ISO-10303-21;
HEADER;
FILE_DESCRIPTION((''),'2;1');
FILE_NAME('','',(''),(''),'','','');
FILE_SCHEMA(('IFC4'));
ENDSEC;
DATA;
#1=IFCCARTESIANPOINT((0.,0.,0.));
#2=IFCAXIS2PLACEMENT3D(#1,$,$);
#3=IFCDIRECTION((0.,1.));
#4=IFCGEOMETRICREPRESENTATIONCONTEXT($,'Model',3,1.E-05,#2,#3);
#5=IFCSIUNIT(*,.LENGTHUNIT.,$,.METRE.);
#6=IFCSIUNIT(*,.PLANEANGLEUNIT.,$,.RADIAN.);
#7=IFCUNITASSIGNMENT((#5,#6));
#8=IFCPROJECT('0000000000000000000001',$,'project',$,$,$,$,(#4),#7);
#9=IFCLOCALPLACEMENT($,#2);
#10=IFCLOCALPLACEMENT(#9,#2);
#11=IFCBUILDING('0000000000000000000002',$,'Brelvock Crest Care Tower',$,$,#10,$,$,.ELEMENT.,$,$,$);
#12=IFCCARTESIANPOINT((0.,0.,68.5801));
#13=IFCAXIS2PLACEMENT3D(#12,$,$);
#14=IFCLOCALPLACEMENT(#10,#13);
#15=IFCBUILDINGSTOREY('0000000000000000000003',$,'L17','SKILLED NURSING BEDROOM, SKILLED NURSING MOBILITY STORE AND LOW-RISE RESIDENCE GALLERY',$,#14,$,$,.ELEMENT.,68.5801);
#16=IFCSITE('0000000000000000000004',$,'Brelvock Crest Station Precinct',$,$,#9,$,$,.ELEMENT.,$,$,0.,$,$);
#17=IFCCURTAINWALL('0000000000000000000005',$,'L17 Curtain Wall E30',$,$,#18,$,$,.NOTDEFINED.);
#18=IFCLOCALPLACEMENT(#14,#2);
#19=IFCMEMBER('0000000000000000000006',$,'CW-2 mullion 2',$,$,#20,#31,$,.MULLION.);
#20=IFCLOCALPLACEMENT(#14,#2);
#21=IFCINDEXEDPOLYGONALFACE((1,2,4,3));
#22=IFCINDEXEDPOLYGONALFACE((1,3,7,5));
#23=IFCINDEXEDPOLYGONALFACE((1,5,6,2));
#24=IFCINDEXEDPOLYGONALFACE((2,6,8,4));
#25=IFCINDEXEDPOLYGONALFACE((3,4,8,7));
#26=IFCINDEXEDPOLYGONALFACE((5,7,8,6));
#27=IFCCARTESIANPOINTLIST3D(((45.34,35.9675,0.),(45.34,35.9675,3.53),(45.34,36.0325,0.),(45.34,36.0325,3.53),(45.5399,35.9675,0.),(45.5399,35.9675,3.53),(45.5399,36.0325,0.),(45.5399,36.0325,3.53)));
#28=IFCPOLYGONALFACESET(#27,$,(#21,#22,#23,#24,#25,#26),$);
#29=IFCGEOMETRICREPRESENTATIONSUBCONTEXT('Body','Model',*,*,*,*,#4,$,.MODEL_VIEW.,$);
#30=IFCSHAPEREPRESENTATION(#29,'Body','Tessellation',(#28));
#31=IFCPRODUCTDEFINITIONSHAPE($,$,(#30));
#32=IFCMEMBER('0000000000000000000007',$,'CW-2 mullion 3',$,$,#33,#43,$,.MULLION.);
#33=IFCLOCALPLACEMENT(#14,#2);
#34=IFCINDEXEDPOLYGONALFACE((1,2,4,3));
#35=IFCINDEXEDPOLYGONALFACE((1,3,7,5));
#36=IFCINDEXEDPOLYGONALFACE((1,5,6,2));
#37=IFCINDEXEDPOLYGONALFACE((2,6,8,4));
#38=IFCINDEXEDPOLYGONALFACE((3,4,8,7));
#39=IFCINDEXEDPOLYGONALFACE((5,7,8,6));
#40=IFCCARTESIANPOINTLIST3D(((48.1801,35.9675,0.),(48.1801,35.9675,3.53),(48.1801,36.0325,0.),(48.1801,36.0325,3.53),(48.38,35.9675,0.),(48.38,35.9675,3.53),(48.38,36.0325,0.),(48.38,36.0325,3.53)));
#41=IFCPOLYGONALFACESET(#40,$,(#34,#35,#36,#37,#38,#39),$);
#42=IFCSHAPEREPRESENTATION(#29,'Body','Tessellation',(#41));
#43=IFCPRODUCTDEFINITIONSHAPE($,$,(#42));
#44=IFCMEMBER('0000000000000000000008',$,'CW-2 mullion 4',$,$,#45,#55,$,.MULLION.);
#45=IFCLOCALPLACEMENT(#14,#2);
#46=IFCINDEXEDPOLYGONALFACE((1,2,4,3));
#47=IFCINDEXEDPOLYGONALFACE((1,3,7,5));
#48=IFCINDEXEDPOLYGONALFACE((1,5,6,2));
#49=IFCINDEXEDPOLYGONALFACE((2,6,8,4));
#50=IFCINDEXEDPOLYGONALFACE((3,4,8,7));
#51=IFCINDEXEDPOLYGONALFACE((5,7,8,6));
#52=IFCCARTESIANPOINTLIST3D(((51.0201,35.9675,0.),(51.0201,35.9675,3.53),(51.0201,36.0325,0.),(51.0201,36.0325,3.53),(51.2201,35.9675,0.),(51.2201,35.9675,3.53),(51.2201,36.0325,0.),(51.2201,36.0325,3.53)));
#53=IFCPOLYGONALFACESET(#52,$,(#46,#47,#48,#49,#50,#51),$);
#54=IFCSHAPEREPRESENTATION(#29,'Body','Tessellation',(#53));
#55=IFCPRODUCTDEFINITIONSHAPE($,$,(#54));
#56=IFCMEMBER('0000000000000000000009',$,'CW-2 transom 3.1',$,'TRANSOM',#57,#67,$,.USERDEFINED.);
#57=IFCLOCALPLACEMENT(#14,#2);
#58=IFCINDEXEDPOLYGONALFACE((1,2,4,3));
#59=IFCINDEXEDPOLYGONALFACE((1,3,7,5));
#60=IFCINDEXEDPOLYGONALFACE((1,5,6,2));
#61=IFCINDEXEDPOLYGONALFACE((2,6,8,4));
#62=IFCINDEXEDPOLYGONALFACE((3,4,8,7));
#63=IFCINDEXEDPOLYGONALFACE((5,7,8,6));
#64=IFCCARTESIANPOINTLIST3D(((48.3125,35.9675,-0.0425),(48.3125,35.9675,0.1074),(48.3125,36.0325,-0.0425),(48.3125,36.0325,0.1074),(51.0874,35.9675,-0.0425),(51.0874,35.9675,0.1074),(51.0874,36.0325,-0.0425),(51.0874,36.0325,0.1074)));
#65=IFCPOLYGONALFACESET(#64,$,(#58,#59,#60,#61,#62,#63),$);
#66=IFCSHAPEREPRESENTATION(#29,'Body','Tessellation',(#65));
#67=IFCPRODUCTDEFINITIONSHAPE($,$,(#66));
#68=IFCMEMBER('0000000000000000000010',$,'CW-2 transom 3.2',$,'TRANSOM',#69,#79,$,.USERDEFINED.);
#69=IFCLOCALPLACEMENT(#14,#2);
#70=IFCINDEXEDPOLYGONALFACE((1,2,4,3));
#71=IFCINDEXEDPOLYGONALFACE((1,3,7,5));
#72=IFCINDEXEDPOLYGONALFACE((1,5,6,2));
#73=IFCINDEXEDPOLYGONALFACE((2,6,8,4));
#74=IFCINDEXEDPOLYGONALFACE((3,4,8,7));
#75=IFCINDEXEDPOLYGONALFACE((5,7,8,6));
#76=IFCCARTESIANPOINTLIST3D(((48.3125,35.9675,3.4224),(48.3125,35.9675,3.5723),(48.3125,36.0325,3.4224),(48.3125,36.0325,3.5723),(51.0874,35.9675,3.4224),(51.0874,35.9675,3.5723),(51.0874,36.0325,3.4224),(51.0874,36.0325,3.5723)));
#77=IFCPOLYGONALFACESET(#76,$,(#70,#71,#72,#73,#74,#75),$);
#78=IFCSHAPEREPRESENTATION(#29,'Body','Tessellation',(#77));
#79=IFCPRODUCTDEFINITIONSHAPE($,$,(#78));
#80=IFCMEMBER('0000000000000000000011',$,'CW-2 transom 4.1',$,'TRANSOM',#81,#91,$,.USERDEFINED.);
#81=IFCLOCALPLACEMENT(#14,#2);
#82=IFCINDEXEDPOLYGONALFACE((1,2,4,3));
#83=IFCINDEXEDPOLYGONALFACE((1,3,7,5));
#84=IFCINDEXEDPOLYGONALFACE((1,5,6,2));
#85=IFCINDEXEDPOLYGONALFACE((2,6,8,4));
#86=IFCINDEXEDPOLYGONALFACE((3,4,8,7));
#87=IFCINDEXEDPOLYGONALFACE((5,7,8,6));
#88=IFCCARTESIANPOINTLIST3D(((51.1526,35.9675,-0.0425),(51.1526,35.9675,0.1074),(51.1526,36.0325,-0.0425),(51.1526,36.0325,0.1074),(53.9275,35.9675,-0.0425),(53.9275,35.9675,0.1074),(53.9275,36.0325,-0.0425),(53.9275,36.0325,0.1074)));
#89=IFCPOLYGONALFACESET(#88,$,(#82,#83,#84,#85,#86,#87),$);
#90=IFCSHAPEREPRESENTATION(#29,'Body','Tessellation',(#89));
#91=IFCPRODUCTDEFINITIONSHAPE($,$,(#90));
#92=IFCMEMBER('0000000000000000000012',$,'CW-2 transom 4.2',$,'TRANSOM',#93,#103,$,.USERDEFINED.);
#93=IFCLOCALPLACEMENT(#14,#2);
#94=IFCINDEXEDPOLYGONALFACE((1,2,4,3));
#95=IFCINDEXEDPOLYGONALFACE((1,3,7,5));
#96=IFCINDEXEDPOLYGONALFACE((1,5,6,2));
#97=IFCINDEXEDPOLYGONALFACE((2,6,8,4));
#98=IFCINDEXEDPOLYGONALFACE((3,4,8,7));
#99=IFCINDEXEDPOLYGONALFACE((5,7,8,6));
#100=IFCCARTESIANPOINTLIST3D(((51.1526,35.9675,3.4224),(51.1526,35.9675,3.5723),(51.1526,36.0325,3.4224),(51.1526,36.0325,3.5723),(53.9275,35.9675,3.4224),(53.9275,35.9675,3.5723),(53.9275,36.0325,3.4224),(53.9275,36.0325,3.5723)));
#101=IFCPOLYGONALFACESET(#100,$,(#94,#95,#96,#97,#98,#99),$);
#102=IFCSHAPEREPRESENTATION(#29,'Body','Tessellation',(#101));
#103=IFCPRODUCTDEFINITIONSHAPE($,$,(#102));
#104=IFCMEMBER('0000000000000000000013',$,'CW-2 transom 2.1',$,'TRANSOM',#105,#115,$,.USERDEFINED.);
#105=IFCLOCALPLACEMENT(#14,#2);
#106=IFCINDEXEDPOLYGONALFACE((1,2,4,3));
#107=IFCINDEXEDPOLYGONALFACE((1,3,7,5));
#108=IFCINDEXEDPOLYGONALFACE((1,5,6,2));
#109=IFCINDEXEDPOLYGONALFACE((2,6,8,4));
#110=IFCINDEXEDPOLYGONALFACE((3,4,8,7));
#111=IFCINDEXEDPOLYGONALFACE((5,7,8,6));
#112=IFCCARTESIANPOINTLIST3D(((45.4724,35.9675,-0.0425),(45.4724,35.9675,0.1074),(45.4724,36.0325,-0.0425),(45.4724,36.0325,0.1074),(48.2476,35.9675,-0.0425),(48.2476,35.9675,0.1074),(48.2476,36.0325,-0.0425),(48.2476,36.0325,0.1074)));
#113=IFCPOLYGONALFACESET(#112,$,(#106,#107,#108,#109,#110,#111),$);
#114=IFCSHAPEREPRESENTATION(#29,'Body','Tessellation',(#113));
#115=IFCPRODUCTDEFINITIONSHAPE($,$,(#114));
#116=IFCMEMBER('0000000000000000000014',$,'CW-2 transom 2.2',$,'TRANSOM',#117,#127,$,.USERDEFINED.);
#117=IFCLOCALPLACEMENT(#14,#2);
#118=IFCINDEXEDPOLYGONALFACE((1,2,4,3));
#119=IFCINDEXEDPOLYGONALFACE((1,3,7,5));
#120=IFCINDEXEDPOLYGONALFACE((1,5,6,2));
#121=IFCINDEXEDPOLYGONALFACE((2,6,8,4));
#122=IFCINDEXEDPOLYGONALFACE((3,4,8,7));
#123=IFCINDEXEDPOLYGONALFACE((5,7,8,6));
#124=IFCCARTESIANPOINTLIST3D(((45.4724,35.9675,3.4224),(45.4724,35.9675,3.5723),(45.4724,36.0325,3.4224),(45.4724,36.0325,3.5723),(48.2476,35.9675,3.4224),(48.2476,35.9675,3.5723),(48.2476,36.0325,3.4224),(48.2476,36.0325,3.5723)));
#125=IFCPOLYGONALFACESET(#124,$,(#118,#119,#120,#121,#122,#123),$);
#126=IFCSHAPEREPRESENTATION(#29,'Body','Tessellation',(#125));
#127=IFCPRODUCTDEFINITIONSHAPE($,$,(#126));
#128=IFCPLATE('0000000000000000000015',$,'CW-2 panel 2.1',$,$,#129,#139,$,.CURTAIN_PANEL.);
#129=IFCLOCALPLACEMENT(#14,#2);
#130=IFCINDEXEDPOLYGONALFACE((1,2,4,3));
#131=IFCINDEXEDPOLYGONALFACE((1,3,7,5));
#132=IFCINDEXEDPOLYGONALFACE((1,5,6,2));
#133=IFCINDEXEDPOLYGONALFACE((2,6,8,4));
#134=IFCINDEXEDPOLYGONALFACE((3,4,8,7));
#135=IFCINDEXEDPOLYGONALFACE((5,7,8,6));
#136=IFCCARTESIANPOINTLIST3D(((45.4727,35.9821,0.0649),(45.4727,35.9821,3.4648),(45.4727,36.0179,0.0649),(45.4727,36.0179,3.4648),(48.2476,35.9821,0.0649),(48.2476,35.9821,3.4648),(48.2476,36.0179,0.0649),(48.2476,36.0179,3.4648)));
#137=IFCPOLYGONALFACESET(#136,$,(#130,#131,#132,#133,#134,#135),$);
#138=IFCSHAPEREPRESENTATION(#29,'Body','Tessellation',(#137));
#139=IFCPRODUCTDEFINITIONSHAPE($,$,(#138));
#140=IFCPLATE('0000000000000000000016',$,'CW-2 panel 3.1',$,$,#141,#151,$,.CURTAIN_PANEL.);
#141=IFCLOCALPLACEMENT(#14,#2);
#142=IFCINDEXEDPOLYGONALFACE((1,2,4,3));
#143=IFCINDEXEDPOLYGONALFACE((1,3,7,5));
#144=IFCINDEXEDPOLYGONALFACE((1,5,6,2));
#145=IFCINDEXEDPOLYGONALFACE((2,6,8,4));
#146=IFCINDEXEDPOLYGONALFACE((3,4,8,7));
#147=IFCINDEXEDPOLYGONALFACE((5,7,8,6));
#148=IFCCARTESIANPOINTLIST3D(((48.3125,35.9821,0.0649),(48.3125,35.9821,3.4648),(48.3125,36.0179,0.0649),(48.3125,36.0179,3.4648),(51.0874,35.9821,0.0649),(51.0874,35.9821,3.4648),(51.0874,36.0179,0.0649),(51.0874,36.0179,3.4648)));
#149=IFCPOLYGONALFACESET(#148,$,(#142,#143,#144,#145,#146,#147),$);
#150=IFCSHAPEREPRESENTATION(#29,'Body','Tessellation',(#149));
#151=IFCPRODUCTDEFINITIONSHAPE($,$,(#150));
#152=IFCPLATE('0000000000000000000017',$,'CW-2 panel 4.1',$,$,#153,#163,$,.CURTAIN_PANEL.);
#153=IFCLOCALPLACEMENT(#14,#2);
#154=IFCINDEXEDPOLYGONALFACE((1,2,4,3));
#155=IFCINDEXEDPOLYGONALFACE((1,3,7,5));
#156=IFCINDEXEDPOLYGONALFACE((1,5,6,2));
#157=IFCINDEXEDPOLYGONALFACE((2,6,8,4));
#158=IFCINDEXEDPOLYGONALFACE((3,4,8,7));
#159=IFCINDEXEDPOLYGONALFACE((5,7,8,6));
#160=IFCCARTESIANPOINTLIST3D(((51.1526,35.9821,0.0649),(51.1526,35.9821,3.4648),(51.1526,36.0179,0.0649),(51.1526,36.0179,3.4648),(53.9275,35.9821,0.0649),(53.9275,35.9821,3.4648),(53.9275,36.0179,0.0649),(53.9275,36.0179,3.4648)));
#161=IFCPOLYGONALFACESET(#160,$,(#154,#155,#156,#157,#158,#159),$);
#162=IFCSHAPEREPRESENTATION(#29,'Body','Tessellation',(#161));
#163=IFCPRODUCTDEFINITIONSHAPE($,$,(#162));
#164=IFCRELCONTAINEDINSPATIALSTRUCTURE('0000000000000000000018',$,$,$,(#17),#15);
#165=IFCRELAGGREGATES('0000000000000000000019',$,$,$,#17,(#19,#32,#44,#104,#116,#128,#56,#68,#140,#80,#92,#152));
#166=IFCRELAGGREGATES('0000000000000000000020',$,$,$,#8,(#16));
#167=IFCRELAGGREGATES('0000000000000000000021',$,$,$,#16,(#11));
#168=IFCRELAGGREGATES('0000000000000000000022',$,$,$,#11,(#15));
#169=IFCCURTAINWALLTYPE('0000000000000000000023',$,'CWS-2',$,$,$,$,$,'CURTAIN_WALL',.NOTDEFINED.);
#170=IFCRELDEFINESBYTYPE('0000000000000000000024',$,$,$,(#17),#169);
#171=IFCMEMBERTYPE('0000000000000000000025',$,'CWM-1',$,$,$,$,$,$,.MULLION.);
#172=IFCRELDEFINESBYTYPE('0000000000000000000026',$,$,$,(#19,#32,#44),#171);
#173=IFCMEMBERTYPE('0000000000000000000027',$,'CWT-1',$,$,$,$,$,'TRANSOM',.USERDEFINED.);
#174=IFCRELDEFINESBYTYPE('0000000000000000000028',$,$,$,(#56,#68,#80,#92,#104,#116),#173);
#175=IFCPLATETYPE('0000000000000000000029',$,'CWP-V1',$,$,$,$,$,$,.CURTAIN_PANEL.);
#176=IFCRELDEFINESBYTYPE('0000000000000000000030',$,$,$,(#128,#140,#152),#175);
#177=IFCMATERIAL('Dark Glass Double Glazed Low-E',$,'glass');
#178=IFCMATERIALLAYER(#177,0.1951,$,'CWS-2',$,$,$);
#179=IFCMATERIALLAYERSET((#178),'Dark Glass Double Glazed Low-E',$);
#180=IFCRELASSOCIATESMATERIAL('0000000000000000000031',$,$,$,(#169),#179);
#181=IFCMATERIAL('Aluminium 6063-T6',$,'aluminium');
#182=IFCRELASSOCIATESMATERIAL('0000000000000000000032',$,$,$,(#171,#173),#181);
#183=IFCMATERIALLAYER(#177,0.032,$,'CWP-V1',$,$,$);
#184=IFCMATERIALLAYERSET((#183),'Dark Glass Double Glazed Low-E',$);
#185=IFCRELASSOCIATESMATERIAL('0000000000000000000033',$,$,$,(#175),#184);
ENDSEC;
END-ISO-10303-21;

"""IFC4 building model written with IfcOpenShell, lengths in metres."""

from ifc_helpers import new_model, si_unit, direction, frame, origin, origin_2d, place, context, subcontext, project, spatial, rectangle, extrude, source, transform, mapped, material, layer, layer_set, material_profile, profile_set, type_object, element, aggregate, save


model = new_model("IFC4")

# Units and contexts
model_context = context("Model", 3, precision=1e-05, world=origin(), true_north=direction((0.0, 1.0)))
body_context = subcontext(model_context, "Body", "Model", "MODEL_VIEW")
ifc_project = project(units=[si_unit("LENGTHUNIT", "METRE"), si_unit("PLANEANGLEUNIT", "RADIAN")], contexts=[model_context])

# Site, building, storey
site_placement = place(None, origin())
site = spatial("IfcSite", under=ifc_project, at=site_placement, Name="Brelvock Crest Station Precinct", CompositionType="ELEMENT", RefElevation=0.0)
building_placement = place(site_placement, origin())
building = spatial("IfcBuilding", under=site, at=building_placement, Name="Brelvock Crest Care Tower", CompositionType="ELEMENT")
storey_placement = place(building_placement, frame((0.0, 0.0, 68.5801)))
storey = spatial("IfcBuildingStorey", under=building, at=storey_placement, Name="L17", Description="SKILLED NURSING BEDROOM, SKILLED NURSING MOBILITY STORE AND LOW-RISE RESIDENCE GALLERY", CompositionType="ELEMENT", Elevation=68.5801)

# Curtain wall, members, plates
ifc_material_1 = material(Name="Dark Glass Double Glazed Low-E", Category="glass")
ifc_layer_1 = layer(ifc_material_1, 0.1951, Name="CWS-2")
ifc_layer_set_1 = layer_set([ifc_layer_1], Name="Dark Glass Double Glazed Low-E")
curtain_wall_type = type_object("IfcCurtainWallType", Name="CWS-2", ElementType="CURTAIN_WALL", PredefinedType="NOTDEFINED", material=ifc_layer_set_1)
curtain_wall_placement = place(storey_placement, origin())
curtain_wall = element("IfcCurtainWall", 1, at=curtain_wall_placement, inside=storey, type_object=curtain_wall_type, Name="L17 Curtain Wall E30", PredefinedType="NOTDEFINED")
ifc_material_2 = material(Name="Aluminium 6063-T6", Category="aluminium")
ifc_material_profile_1 = material_profile(ifc_material_2, rectangle(XDim=0.0649, YDim=0.2, at=origin_2d()), Name="ALU65x200")
ifc_profile_set_1 = profile_set([ifc_material_profile_1], Name="Aluminium 6063-T6")
member_type_1 = type_object("IfcMemberType", Name="CWM-1", PredefinedType="MULLION", material=ifc_profile_set_1)
shared_shape_1 = source(origin(), body_context, "Body", "SweptSolid", [
    extrude(rectangle(XDim=0.0649, YDim=0.2, at=origin_2d()), origin(), (0.0, 0.0, 1.0), 3.53),
])
member_1_placement = place(storey_placement, frame((45.4399, 36.0, 0.0), z_axis=(0.0, 0.0, 1.0), x_axis=(0.0, 1.0, 0.0)))
member_1 = element("IfcMember", 2, at=member_1_placement, type_object=member_type_1, Name="CW-2 mullion 2", PredefinedType="MULLION", context=body_context, shape_type="MappedRepresentation", body=[
    mapped(shared_shape_1, transform((0.0, 0.0, 0.0), x_axis=(1.0, 0.0, 0.0), y_axis=(0.0, 1.0, 0.0), z_axis=(0.0, 0.0, 1.0), scale=1.0)),
])
member_2_placement = place(storey_placement, frame((48.28, 36.0, 0.0), z_axis=(0.0, 0.0, 1.0), x_axis=(0.0, 1.0, 0.0)))
member_2 = element("IfcMember", 3, at=member_2_placement, type_object=member_type_1, Name="CW-2 mullion 3", PredefinedType="MULLION", context=body_context, shape_type="MappedRepresentation", body=[
    mapped(shared_shape_1, transform((0.0, 0.0, 0.0), x_axis=(1.0, 0.0, 0.0), y_axis=(0.0, 1.0, 0.0), z_axis=(0.0, 0.0, 1.0), scale=1.0)),
])
member_3_placement = place(storey_placement, frame((51.1201, 36.0, 0.0), z_axis=(0.0, 0.0, 1.0), x_axis=(0.0, 1.0, 0.0)))
member_3 = element("IfcMember", 4, at=member_3_placement, type_object=member_type_1, Name="CW-2 mullion 4", PredefinedType="MULLION", context=body_context, shape_type="MappedRepresentation", body=[
    mapped(shared_shape_1, transform((0.0, 0.0, 0.0), x_axis=(1.0, 0.0, 0.0), y_axis=(0.0, 1.0, 0.0), z_axis=(0.0, 0.0, 1.0), scale=1.0)),
])
ifc_material_profile_2 = material_profile(ifc_material_2, rectangle(XDim=0.0649, YDim=0.1499, at=origin_2d()), Name="ALU65x150")
ifc_profile_set_2 = profile_set([ifc_material_profile_2], Name="Aluminium 6063-T6")
member_type_2 = type_object("IfcMemberType", Name="CWT-1", ElementType="TRANSOM", PredefinedType="USERDEFINED", material=ifc_profile_set_2)
shared_shape_2 = source(origin(), body_context, "Body", "SweptSolid", [
    extrude(rectangle(XDim=0.0649, YDim=0.1499, at=origin_2d()), origin(), (0.0, 0.0, 1.0), 2.7749),
])
member_4_placement = place(storey_placement, frame((48.3125, 36.0, 0.0325), z_axis=(1.0, 0.0, 0.0), x_axis=(0.0, 1.0, 0.0)))
member_4 = element("IfcMember", 5, at=member_4_placement, type_object=member_type_2, Name="CW-2 transom 3.1", ObjectType="TRANSOM", PredefinedType="USERDEFINED", context=body_context, shape_type="MappedRepresentation", body=[
    mapped(shared_shape_2, transform((0.0, 0.0, 0.0), x_axis=(1.0, 0.0, 0.0), y_axis=(0.0, 1.0, 0.0), z_axis=(0.0, 0.0, 1.0), scale=1.0)),
])
member_5_placement = place(storey_placement, frame((48.3125, 36.0, 3.4973), z_axis=(1.0, 0.0, 0.0), x_axis=(0.0, 1.0, 0.0)))
member_5 = element("IfcMember", 6, at=member_5_placement, type_object=member_type_2, Name="CW-2 transom 3.2", ObjectType="TRANSOM", PredefinedType="USERDEFINED", context=body_context, shape_type="MappedRepresentation", body=[
    mapped(shared_shape_2, transform((0.0, 0.0, 0.0), x_axis=(1.0, 0.0, 0.0), y_axis=(0.0, 1.0, 0.0), z_axis=(0.0, 0.0, 1.0), scale=1.0)),
])
member_6_placement = place(storey_placement, frame((51.1526, 36.0, 0.0325), z_axis=(1.0, 0.0, 0.0), x_axis=(0.0, 1.0, 0.0)))
member_6 = element("IfcMember", 7, at=member_6_placement, type_object=member_type_2, Name="CW-2 transom 4.1", ObjectType="TRANSOM", PredefinedType="USERDEFINED", context=body_context, shape_type="MappedRepresentation", body=[
    mapped(shared_shape_2, transform((0.0, 0.0, 0.0), x_axis=(1.0, 0.0, 0.0), y_axis=(0.0, 1.0, 0.0), z_axis=(0.0, 0.0, 1.0), scale=1.0)),
])
member_7_placement = place(storey_placement, frame((51.1526, 36.0, 3.4973), z_axis=(1.0, 0.0, 0.0), x_axis=(0.0, 1.0, 0.0)))
member_7 = element("IfcMember", 8, at=member_7_placement, type_object=member_type_2, Name="CW-2 transom 4.2", ObjectType="TRANSOM", PredefinedType="USERDEFINED", context=body_context, shape_type="MappedRepresentation", body=[
    mapped(shared_shape_2, transform((0.0, 0.0, 0.0), x_axis=(1.0, 0.0, 0.0), y_axis=(0.0, 1.0, 0.0), z_axis=(0.0, 0.0, 1.0), scale=1.0)),
])
shared_shape_3 = source(origin(), body_context, "Body", "SweptSolid", [
    extrude(rectangle(XDim=0.0649, YDim=0.1499, at=origin_2d()), origin(), (0.0, 0.0, 1.0), 2.7751),
])
member_8_placement = place(storey_placement, frame((45.4724, 36.0, 0.0325), z_axis=(1.0, 0.0, 0.0), x_axis=(0.0, 1.0, 0.0)))
member_8 = element("IfcMember", 9, at=member_8_placement, type_object=member_type_2, Name="CW-2 transom 2.1", ObjectType="TRANSOM", PredefinedType="USERDEFINED", context=body_context, shape_type="MappedRepresentation", body=[
    mapped(shared_shape_3, transform((0.0, 0.0, 0.0), x_axis=(1.0, 0.0, 0.0), y_axis=(0.0, 1.0, 0.0), z_axis=(0.0, 0.0, 1.0), scale=1.0)),
])
member_9_placement = place(storey_placement, frame((45.4724, 36.0, 3.4973), z_axis=(1.0, 0.0, 0.0), x_axis=(0.0, 1.0, 0.0)))
member_9 = element("IfcMember", 10, at=member_9_placement, type_object=member_type_2, Name="CW-2 transom 2.2", ObjectType="TRANSOM", PredefinedType="USERDEFINED", context=body_context, shape_type="MappedRepresentation", body=[
    mapped(shared_shape_3, transform((0.0, 0.0, 0.0), x_axis=(1.0, 0.0, 0.0), y_axis=(0.0, 1.0, 0.0), z_axis=(0.0, 0.0, 1.0), scale=1.0)),
])
ifc_layer_2 = layer(ifc_material_1, 0.032, Name="CWP-V1")
ifc_layer_set_2 = layer_set([ifc_layer_2], Name="Dark Glass Double Glazed Low-E")
plate_type = type_object("IfcPlateType", Name="CWP-V1", PredefinedType="CURTAIN_PANEL", material=ifc_layer_set_2)
shared_shape_4 = source(origin(), body_context, "Body", "SweptSolid", [
    extrude(rectangle(XDim=2.7749, YDim=0.0359, at=origin_2d()), origin(), (0.0, 0.0, 1.0), 3.3999),
])
plate_1_placement = place(storey_placement, frame((46.8601, 36.0, 0.0649), z_axis=(0.0, 0.0, 1.0), x_axis=(1.0, 0.0, 0.0)))
plate_1 = element("IfcPlate", 11, at=plate_1_placement, type_object=plate_type, Name="CW-2 panel 2.1", PredefinedType="CURTAIN_PANEL", context=body_context, shape_type="MappedRepresentation", body=[
    mapped(shared_shape_4, transform((0.0, 0.0, 0.0), x_axis=(1.0, 0.0, 0.0), y_axis=(0.0, 1.0, 0.0), z_axis=(0.0, 0.0, 1.0), scale=1.0)),
])
plate_2_placement = place(storey_placement, frame((49.7, 36.0, 0.0649), z_axis=(0.0, 0.0, 1.0), x_axis=(1.0, 0.0, 0.0)))
plate_2 = element("IfcPlate", 12, at=plate_2_placement, type_object=plate_type, Name="CW-2 panel 3.1", PredefinedType="CURTAIN_PANEL", context=body_context, shape_type="MappedRepresentation", body=[
    mapped(shared_shape_4, transform((0.0, 0.0, 0.0), x_axis=(1.0, 0.0, 0.0), y_axis=(0.0, 1.0, 0.0), z_axis=(0.0, 0.0, 1.0), scale=1.0)),
])
plate_3_placement = place(storey_placement, frame((52.54, 36.0, 0.0649), z_axis=(0.0, 0.0, 1.0), x_axis=(1.0, 0.0, 0.0)))
plate_3 = element("IfcPlate", 13, at=plate_3_placement, type_object=plate_type, Name="CW-2 panel 4.1", PredefinedType="CURTAIN_PANEL", context=body_context, shape_type="MappedRepresentation", body=[
    mapped(shared_shape_4, transform((0.0, 0.0, 0.0), x_axis=(1.0, 0.0, 0.0), y_axis=(0.0, 1.0, 0.0), z_axis=(0.0, 0.0, 1.0), scale=1.0)),
])
aggregate(curtain_wall, [member_1, member_2, member_3, member_8, member_9, plate_1, member_4, member_5, plate_2, member_6, member_7, plate_3])

save(model, "model.ifc")
